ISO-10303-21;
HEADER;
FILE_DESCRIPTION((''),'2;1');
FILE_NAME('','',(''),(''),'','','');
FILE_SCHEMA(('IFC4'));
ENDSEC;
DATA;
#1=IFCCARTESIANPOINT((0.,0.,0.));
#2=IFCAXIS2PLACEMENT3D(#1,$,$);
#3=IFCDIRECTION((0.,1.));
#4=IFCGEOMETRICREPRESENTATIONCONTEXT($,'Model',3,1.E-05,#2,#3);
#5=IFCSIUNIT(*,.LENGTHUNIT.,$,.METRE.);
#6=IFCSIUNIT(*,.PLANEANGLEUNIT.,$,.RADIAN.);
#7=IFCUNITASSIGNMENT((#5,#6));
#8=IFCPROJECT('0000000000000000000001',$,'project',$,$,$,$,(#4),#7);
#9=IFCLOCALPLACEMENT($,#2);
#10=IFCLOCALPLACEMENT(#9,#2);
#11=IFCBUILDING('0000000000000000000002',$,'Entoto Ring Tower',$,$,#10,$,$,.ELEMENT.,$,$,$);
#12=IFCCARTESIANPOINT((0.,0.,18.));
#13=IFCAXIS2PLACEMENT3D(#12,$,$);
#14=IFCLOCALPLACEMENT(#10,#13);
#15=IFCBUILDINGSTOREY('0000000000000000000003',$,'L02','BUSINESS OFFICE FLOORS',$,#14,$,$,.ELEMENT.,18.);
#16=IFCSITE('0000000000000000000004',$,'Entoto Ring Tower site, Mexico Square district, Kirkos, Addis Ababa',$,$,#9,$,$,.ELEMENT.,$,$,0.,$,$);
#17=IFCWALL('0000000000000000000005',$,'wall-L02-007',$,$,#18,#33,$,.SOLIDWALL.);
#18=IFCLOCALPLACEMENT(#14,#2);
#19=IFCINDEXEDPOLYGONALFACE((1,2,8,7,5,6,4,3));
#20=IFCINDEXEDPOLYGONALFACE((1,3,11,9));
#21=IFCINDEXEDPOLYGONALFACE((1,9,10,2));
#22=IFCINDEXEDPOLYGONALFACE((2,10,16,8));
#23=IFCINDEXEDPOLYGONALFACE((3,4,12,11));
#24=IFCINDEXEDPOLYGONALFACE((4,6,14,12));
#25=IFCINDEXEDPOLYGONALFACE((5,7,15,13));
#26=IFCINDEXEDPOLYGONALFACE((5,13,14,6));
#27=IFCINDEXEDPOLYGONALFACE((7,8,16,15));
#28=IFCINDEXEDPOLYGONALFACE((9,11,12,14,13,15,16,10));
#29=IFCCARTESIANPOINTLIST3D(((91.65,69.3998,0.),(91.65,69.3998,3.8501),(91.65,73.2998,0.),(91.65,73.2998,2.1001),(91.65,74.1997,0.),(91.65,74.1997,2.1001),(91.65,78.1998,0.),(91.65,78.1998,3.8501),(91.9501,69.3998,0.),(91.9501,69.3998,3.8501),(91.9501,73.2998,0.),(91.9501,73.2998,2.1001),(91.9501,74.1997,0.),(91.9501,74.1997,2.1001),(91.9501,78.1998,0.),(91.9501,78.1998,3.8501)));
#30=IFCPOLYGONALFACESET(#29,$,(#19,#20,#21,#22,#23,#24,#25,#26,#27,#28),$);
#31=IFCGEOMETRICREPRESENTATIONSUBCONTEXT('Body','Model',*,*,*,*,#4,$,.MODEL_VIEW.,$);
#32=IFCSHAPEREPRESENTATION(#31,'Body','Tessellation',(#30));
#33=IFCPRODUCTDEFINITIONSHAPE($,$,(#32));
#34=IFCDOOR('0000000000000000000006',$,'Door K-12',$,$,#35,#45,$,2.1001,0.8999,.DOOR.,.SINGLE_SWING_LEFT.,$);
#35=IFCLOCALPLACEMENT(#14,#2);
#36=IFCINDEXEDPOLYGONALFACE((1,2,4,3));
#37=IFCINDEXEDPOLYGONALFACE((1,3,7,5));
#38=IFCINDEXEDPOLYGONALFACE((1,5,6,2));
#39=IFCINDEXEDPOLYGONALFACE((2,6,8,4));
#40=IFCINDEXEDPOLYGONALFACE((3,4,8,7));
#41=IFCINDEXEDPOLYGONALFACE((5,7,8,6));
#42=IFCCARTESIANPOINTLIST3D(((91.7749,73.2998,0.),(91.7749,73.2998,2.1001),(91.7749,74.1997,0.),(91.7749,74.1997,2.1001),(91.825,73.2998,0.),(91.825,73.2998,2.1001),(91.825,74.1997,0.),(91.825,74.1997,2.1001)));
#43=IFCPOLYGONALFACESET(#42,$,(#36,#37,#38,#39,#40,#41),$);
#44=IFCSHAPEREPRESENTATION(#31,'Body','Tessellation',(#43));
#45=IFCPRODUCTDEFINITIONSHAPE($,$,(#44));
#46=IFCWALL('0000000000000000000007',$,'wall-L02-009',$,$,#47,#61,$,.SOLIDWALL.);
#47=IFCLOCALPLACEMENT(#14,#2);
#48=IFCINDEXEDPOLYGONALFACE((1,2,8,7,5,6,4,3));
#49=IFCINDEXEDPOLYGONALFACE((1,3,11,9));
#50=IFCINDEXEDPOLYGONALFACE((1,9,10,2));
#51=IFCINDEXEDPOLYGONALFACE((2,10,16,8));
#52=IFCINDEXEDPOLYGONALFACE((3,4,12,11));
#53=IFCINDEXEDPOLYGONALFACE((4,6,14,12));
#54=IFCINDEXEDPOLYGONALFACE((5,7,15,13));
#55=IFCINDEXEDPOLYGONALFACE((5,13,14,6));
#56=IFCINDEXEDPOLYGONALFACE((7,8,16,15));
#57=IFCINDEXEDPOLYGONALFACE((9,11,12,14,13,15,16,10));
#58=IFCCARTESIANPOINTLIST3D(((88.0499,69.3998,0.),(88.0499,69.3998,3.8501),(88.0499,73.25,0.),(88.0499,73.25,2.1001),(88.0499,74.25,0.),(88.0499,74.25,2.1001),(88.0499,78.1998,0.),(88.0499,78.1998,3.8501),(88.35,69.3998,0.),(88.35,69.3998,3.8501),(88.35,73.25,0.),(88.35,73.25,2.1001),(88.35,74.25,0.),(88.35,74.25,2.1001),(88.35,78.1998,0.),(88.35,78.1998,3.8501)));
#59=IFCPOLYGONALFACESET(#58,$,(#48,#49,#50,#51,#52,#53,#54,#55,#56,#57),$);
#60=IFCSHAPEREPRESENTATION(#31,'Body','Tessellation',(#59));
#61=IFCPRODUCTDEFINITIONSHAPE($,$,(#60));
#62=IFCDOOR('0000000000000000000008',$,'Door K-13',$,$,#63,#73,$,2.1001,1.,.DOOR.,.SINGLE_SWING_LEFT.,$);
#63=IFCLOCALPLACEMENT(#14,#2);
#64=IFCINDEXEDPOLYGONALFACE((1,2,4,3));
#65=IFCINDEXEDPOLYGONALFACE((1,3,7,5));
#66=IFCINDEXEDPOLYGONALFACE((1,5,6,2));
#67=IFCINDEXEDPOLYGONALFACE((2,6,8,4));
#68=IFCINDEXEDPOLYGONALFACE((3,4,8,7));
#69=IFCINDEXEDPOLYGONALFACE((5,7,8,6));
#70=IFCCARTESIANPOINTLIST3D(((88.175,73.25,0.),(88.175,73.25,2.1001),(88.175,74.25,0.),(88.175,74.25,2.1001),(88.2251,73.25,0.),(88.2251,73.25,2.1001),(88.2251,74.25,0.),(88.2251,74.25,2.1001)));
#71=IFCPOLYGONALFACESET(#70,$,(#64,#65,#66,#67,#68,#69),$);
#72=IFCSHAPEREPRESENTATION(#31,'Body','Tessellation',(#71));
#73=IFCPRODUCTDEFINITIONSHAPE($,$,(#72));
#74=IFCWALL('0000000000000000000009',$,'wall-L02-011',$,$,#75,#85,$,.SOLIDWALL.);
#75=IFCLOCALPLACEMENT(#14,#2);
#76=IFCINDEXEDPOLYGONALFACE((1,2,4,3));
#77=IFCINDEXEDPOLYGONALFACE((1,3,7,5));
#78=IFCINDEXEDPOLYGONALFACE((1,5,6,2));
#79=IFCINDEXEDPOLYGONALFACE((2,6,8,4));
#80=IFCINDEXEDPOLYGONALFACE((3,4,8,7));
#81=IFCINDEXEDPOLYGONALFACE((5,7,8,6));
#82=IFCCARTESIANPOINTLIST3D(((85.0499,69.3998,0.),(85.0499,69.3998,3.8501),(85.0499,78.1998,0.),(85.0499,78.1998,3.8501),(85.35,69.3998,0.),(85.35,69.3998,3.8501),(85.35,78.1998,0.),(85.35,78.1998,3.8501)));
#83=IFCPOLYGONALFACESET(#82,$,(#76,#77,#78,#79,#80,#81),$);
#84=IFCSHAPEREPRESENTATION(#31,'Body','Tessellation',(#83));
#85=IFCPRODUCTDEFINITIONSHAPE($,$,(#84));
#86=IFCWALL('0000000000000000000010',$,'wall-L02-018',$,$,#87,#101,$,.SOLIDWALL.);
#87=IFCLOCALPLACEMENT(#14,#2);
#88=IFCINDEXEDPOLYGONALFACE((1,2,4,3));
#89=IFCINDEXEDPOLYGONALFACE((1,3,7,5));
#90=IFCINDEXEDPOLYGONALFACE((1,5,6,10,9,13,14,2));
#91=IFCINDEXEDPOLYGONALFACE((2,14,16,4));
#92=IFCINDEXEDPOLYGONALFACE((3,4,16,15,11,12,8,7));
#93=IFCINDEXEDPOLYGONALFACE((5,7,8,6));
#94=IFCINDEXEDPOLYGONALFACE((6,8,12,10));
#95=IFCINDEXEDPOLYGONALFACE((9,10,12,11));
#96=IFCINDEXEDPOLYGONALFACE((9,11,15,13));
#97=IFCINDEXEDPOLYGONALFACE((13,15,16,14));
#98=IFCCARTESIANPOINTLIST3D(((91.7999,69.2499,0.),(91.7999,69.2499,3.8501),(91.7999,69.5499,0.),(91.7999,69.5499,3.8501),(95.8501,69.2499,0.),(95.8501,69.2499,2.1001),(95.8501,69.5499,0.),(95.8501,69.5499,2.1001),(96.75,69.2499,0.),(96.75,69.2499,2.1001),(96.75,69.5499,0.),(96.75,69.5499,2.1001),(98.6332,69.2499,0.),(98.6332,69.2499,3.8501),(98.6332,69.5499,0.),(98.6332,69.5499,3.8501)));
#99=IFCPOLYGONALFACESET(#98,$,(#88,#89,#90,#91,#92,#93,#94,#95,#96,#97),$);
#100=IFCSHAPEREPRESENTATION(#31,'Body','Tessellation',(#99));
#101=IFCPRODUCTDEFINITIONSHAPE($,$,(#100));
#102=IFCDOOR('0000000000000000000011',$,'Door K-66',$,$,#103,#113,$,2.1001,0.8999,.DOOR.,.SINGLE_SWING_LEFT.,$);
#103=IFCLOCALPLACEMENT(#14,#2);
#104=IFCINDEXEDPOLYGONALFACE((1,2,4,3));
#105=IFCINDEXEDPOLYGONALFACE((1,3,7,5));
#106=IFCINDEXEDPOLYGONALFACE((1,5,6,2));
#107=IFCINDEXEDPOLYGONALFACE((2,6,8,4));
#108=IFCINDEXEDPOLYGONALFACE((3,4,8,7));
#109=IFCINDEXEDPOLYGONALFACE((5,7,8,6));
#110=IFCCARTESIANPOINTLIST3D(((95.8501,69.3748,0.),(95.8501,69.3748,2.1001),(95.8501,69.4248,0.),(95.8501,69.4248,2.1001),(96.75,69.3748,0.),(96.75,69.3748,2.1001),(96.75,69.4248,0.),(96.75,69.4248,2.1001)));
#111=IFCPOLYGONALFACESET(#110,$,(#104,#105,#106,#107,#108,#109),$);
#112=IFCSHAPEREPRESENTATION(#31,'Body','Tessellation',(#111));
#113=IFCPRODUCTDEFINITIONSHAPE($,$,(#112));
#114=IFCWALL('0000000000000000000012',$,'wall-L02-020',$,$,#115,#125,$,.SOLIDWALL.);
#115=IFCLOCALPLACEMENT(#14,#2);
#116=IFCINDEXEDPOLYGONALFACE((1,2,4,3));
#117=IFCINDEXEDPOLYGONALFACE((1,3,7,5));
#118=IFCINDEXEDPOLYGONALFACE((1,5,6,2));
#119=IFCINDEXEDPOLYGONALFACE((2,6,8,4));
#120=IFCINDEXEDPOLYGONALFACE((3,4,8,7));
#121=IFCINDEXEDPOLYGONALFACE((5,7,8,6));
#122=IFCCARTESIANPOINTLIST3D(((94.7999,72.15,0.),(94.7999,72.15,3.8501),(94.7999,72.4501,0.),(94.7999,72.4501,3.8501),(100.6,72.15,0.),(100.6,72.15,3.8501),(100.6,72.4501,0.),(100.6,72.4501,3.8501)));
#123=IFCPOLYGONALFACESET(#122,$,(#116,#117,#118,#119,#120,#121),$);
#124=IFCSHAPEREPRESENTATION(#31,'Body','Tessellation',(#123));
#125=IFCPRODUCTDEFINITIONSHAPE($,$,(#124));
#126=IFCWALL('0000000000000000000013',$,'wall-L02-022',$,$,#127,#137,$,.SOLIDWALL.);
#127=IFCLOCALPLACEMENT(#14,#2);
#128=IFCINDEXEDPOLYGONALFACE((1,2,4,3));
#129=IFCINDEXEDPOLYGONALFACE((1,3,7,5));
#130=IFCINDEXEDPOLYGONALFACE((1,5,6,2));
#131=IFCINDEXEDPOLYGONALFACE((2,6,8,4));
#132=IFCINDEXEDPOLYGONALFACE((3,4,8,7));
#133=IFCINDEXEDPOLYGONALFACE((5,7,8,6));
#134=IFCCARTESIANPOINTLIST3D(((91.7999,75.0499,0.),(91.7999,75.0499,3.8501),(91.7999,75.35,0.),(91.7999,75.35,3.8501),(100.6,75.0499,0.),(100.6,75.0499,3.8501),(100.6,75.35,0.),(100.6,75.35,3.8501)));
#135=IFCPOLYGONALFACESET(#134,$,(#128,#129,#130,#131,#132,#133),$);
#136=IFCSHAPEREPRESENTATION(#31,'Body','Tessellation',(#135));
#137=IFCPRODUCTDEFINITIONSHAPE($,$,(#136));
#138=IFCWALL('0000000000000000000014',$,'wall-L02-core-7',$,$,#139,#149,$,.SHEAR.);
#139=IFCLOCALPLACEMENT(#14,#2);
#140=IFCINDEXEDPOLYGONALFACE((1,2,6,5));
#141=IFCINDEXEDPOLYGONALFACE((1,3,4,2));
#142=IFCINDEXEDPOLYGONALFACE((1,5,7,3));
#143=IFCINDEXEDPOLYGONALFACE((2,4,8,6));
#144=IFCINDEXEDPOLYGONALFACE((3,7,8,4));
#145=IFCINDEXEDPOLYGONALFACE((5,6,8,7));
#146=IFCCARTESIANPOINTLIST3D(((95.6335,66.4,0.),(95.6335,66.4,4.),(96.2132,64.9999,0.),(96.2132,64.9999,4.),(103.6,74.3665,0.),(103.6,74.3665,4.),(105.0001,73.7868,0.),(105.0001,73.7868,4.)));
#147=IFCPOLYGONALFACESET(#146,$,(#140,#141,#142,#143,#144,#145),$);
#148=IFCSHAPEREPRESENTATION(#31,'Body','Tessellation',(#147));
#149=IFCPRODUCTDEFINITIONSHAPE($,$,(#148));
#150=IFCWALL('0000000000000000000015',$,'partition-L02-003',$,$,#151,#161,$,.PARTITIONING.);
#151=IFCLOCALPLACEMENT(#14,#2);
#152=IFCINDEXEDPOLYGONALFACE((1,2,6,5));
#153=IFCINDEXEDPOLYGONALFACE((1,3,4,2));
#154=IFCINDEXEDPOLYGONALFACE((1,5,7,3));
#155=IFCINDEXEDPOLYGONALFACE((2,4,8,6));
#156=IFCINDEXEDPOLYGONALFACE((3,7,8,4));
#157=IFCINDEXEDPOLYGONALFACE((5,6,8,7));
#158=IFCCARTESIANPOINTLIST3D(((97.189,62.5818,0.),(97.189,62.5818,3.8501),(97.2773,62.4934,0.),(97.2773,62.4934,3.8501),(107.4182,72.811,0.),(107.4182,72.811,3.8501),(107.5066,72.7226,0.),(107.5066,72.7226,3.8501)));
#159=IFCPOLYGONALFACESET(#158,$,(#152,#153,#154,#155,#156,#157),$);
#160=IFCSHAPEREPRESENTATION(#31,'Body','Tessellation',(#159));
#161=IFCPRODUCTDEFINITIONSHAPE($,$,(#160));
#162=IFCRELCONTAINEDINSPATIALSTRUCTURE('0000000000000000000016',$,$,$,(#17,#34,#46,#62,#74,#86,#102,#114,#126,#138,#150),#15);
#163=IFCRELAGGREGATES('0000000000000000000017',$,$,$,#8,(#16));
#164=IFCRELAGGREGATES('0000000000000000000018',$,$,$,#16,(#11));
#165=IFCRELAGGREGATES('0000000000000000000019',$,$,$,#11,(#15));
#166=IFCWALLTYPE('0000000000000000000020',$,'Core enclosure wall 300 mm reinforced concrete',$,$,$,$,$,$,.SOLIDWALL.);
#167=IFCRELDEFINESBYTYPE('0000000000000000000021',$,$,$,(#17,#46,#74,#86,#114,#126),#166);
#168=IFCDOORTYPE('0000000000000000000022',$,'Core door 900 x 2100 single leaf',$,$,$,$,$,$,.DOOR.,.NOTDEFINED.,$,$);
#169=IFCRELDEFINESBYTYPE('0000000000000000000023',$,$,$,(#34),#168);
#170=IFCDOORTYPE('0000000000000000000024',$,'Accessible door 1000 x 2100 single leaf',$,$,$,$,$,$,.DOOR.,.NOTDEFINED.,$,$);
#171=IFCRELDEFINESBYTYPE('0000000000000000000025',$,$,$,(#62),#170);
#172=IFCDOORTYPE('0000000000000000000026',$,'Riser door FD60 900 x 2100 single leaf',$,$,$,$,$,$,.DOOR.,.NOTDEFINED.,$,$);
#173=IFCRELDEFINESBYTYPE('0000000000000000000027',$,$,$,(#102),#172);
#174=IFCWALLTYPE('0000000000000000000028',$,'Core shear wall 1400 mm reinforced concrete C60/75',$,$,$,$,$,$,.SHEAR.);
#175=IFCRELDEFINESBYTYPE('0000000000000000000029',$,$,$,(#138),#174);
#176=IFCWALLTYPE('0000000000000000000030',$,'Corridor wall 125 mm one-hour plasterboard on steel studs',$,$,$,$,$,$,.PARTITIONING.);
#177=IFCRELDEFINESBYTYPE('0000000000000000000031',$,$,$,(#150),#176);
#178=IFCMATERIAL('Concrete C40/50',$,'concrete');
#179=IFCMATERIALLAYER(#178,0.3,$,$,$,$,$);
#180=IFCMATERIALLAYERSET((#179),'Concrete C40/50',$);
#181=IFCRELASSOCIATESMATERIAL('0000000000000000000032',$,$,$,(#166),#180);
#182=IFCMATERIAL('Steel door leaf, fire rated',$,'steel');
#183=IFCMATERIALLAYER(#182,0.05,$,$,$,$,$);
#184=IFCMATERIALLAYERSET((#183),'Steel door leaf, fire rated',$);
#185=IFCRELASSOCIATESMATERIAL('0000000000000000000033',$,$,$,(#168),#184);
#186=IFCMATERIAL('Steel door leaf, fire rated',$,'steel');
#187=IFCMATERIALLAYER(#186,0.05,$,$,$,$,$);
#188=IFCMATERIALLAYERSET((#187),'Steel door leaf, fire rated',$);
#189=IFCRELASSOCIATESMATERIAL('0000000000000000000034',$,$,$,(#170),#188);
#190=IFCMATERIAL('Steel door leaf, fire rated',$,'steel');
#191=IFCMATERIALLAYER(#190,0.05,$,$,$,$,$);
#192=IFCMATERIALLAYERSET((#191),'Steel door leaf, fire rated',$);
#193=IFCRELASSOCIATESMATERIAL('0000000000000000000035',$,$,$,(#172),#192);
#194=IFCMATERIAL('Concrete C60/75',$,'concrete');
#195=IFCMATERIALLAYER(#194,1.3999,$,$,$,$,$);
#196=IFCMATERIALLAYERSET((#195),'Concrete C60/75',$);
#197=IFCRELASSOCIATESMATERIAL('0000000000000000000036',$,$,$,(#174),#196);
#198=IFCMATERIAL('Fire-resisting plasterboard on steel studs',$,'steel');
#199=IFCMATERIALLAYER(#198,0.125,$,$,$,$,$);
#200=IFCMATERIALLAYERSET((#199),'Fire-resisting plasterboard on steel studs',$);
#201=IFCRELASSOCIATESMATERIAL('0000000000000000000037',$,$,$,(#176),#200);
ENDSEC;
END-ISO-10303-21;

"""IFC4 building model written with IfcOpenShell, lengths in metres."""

from ifc_helpers import new_model, si_unit, direction, frame, frame_2d, origin, place, context, subcontext, project, spatial, polyline, rectangle, outline, extrude, material, layer, layer_set, type_object, element, fill, save


model = new_model("IFC4")

# Units and contexts
model_context = context("Model", 3, precision=1e-05, world=origin(), true_north=direction((0.0, 1.0)))
body_context = subcontext(model_context, "Body", "Model", "MODEL_VIEW")
ifc_project = project(units=[si_unit("LENGTHUNIT", "METRE"), si_unit("PLANEANGLEUNIT", "RADIAN")], contexts=[model_context])

# Site, building, storey
site_placement = place(None, origin())
site = spatial("IfcSite", under=ifc_project, at=site_placement, Name="Entoto Ring Tower site, Mexico Square district, Kirkos, Addis Ababa", CompositionType="ELEMENT", RefElevation=0.0)
building_placement = place(site_placement, origin())
building = spatial("IfcBuilding", under=site, at=building_placement, Name="Entoto Ring Tower", CompositionType="ELEMENT")
storey_placement = place(building_placement, frame((0.0, 0.0, 18.0)))
storey = spatial("IfcBuildingStorey", under=building, at=storey_placement, Name="L02", Description="BUSINESS OFFICE FLOORS", CompositionType="ELEMENT", Elevation=18.0)

# Shared definitions
ifc_material_1 = material(Name="Concrete C40/50", Category="concrete")
ifc_layer_1 = layer(ifc_material_1, 0.3)
ifc_layer_set_1 = layer_set([ifc_layer_1], Name="Concrete C40/50")
wall_type_1 = type_object("IfcWallType", Name="Core enclosure wall 300 mm reinforced concrete", PredefinedType="SOLIDWALL", material=ifc_layer_set_1)

# Walls, openings, doors
wall_1_placement = place(storey_placement, frame((91.8, 69.3999, 0.0), z_axis=(0.0, 0.0, 1.0), x_axis=(0.0, 1.0, 0.0)))
wall_1 = element("IfcWall", 1, at=wall_1_placement, inside=storey, type_object=wall_type_1, Name="wall-L02-007", PredefinedType="SOLIDWALL", context=body_context, shape_type="SweptSolid", body=[
    extrude(rectangle(XDim=8.8, YDim=0.3, at=frame_2d((4.3999, 0.0))), origin(), (0.0, 0.0, 1.0), 3.8501),
])
opening_1_placement = place(wall_1_placement, frame((3.8999, 0.0, 0.0)))
opening_1 = element("IfcOpeningElement", 2, at=opening_1_placement, cuts=wall_1, PredefinedType="OPENING", context=body_context, shape_type="SweptSolid", body=[
    extrude(rectangle(XDim=0.8999, YDim=2.1001, at=frame_2d((0.45, 1.05))), frame((0.0, 0.1602, 0.0), z_axis=(0.0, -1.0, 0.0), x_axis=(1.0, 0.0, 0.0)), (0.0, 0.0, 1.0), 0.3201),
])
ifc_material_2 = material(Name="Steel door leaf, fire rated", Category="steel")
ifc_layer_2 = layer(ifc_material_2, 0.05)
ifc_layer_set_2 = layer_set([ifc_layer_2], Name="Steel door leaf, fire rated")
door_type_1 = type_object("IfcDoorType", Name="Core door 900 x 2100 single leaf", OperationType="NOTDEFINED", PredefinedType="DOOR", material=ifc_layer_set_2)
door_1_placement = place(opening_1_placement, frame((0.8999, 0.0, 0.0), z_axis=(0.0, 0.0, 1.0), x_axis=(-1.0, 0.0, 0.0)))
door_1 = element("IfcDoor", 3, at=door_1_placement, inside=storey, type_object=door_type_1, Name="Door K-12", OperationType="SINGLE_SWING_LEFT", OverallHeight=2.1001, OverallWidth=0.8999, PredefinedType="DOOR", context=body_context, shape_type="SweptSolid", body=[
    extrude(rectangle(XDim=0.8999, YDim=2.1001, at=frame_2d((0.45, 1.05))), frame((0.0, 0.0249, 0.0), z_axis=(0.0, -1.0, 0.0), x_axis=(1.0, 0.0, 0.0)), (0.0, 0.0, 1.0), 0.05),
])
fill(opening_1, door_1)
wall_2_placement = place(storey_placement, frame((88.2, 69.3999, 0.0), z_axis=(0.0, 0.0, 1.0), x_axis=(0.0, 1.0, 0.0)))
wall_2 = element("IfcWall", 4, at=wall_2_placement, inside=storey, type_object=wall_type_1, Name="wall-L02-009", PredefinedType="SOLIDWALL", context=body_context, shape_type="SweptSolid", body=[
    extrude(rectangle(XDim=8.8, YDim=0.3, at=frame_2d((4.3999, 0.0))), origin(), (0.0, 0.0, 1.0), 3.8501),
])
opening_2_placement = place(wall_2_placement, frame((3.8501, 0.0, 0.0)))
opening_2 = element("IfcOpeningElement", 5, at=opening_2_placement, cuts=wall_2, PredefinedType="OPENING", context=body_context, shape_type="SweptSolid", body=[
    extrude(rectangle(XDim=1.0, YDim=2.1001, at=frame_2d((0.5, 1.05))), frame((0.0, 0.1602, 0.0), z_axis=(0.0, -1.0, 0.0), x_axis=(1.0, 0.0, 0.0)), (0.0, 0.0, 1.0), 0.3201),
])
ifc_material_3 = material(Name="Steel door leaf, fire rated", Category="steel")
ifc_layer_3 = layer(ifc_material_3, 0.05)
ifc_layer_set_3 = layer_set([ifc_layer_3], Name="Steel door leaf, fire rated")
door_type_2 = type_object("IfcDoorType", Name="Accessible door 1000 x 2100 single leaf", OperationType="NOTDEFINED", PredefinedType="DOOR", material=ifc_layer_set_3)
door_2_placement = place(opening_2_placement, origin())
door_2 = element("IfcDoor", 6, at=door_2_placement, inside=storey, type_object=door_type_2, Name="Door K-13", OperationType="SINGLE_SWING_LEFT", OverallHeight=2.1001, OverallWidth=1.0, PredefinedType="DOOR", context=body_context, shape_type="SweptSolid", body=[
    extrude(rectangle(XDim=1.0, YDim=2.1001, at=frame_2d((0.5, 1.05))), frame((0.0, 0.0249, 0.0), z_axis=(0.0, -1.0, 0.0), x_axis=(1.0, 0.0, 0.0)), (0.0, 0.0, 1.0), 0.05),
])
fill(opening_2, door_2)

# Wall
wall_3_placement = place(storey_placement, frame((85.2, 69.3999, 0.0), z_axis=(0.0, 0.0, 1.0), x_axis=(0.0, 1.0, 0.0)))
element("IfcWall", 7, at=wall_3_placement, inside=storey, type_object=wall_type_1, Name="wall-L02-011", PredefinedType="SOLIDWALL", context=body_context, shape_type="SweptSolid", body=[
    extrude(rectangle(XDim=8.8, YDim=0.3, at=frame_2d((4.3999, 0.0))), origin(), (0.0, 0.0, 1.0), 3.8501),
])

# Wall, opening, door
wall_4_placement = place(storey_placement, frame((91.8, 69.3999, 0.0), z_axis=(0.0, 0.0, 1.0), x_axis=(1.0, 0.0, 0.0)))
wall_4 = element("IfcWall", 8, at=wall_4_placement, inside=storey, type_object=wall_type_1, Name="wall-L02-018", PredefinedType="SOLIDWALL", context=body_context, shape_type="SweptSolid", body=[
    extrude(rectangle(XDim=6.8333, YDim=0.3, at=frame_2d((3.4165, 0.0))), origin(), (0.0, 0.0, 1.0), 3.8501),
])
opening_3_placement = place(wall_4_placement, frame((4.05, 0.0, 0.0)))
opening_3 = element("IfcOpeningElement", 9, at=opening_3_placement, cuts=wall_4, PredefinedType="OPENING", context=body_context, shape_type="SweptSolid", body=[
    extrude(rectangle(XDim=0.8999, YDim=2.1001, at=frame_2d((0.45, 1.05))), frame((0.0, 0.1602, 0.0), z_axis=(0.0, -1.0, 0.0), x_axis=(1.0, 0.0, 0.0)), (0.0, 0.0, 1.0), 0.3201),
])
ifc_material_4 = material(Name="Steel door leaf, fire rated", Category="steel")
ifc_layer_4 = layer(ifc_material_4, 0.05)
ifc_layer_set_4 = layer_set([ifc_layer_4], Name="Steel door leaf, fire rated")
door_type_3 = type_object("IfcDoorType", Name="Riser door FD60 900 x 2100 single leaf", OperationType="NOTDEFINED", PredefinedType="DOOR", material=ifc_layer_set_4)
door_3_placement = place(opening_3_placement, origin())
door_3 = element("IfcDoor", 10, at=door_3_placement, inside=storey, type_object=door_type_3, Name="Door K-66", OperationType="SINGLE_SWING_LEFT", OverallHeight=2.1001, OverallWidth=0.8999, PredefinedType="DOOR", context=body_context, shape_type="SweptSolid", body=[
    extrude(rectangle(XDim=0.8999, YDim=2.1001, at=frame_2d((0.45, 1.05))), frame((0.0, 0.0249, 0.0), z_axis=(0.0, -1.0, 0.0), x_axis=(1.0, 0.0, 0.0)), (0.0, 0.0, 1.0), 0.05),
])
fill(opening_3, door_3)

# Walls
wall_5_placement = place(storey_placement, frame((94.8, 72.3, 0.0), z_axis=(0.0, 0.0, 1.0), x_axis=(1.0, 0.0, 0.0)))
element("IfcWall", 11, at=wall_5_placement, inside=storey, type_object=wall_type_1, Name="wall-L02-020", PredefinedType="SOLIDWALL", context=body_context, shape_type="SweptSolid", body=[
    extrude(rectangle(XDim=5.8, YDim=0.3, at=frame_2d((2.8999, 0.0))), origin(), (0.0, 0.0, 1.0), 3.8501),
])
wall_6_placement = place(storey_placement, frame((91.8, 75.2, 0.0), z_axis=(0.0, 0.0, 1.0), x_axis=(1.0, 0.0, 0.0)))
element("IfcWall", 12, at=wall_6_placement, inside=storey, type_object=wall_type_1, Name="wall-L02-022", PredefinedType="SOLIDWALL", context=body_context, shape_type="SweptSolid", body=[
    extrude(rectangle(XDim=8.8, YDim=0.3, at=frame_2d((4.3999, 0.0))), origin(), (0.0, 0.0, 1.0), 3.8501),
])
ifc_material_5 = material(Name="Concrete C60/75", Category="concrete")
ifc_layer_5 = layer(ifc_material_5, 1.3999)
ifc_layer_set_5 = layer_set([ifc_layer_5], Name="Concrete C60/75")
wall_type_2 = type_object("IfcWallType", Name="Core shear wall 1400 mm reinforced concrete C60/75", PredefinedType="SHEAR", material=ifc_layer_set_5)
wall_7_placement = place(storey_placement, frame((95.9233, 65.7, 0.0), z_axis=(0.0, 0.0, 1.0), x_axis=(0.707107, 0.707107, 0.0)))
element("IfcWall", 13, at=wall_7_placement, inside=storey, type_object=wall_type_2, Name="wall-L02-core-7", PredefinedType="SHEAR", context=body_context, shape_type="SweptSolid", body=[
    extrude(outline(polyline([(-0.29, -0.7), (12.1365, -0.7), (11.5564, 0.7), (0.29, 0.7), (-0.29, -0.7)])), origin(), (0.0, 0.0, 1.0), 4.0),
])
ifc_material_6 = material(Name="Fire-resisting plasterboard on steel studs", Category="steel")
ifc_layer_6 = layer(ifc_material_6, 0.125)
ifc_layer_set_6 = layer_set([ifc_layer_6], Name="Fire-resisting plasterboard on steel studs")
wall_type_3 = type_object("IfcWallType", Name="Corridor wall 125 mm one-hour plasterboard on steel studs", PredefinedType="PARTITIONING", material=ifc_layer_set_6)
wall_8_placement = place(storey_placement, frame((97.2332, 62.5376, 0.0), z_axis=(0.0, 0.0, 1.0), x_axis=(0.707107, 0.707107, 0.0)))
element("IfcWall", 14, at=wall_8_placement, inside=storey, type_object=wall_type_3, Name="partition-L02-003", PredefinedType="PARTITIONING", context=body_context, shape_type="SweptSolid", body=[
    extrude(rectangle(XDim=14.4663, YDim=0.125, at=frame_2d((7.2332, 0.0))), origin(), (0.0, 0.0, 1.0), 3.8501),
])

save(model, "model.ifc")
